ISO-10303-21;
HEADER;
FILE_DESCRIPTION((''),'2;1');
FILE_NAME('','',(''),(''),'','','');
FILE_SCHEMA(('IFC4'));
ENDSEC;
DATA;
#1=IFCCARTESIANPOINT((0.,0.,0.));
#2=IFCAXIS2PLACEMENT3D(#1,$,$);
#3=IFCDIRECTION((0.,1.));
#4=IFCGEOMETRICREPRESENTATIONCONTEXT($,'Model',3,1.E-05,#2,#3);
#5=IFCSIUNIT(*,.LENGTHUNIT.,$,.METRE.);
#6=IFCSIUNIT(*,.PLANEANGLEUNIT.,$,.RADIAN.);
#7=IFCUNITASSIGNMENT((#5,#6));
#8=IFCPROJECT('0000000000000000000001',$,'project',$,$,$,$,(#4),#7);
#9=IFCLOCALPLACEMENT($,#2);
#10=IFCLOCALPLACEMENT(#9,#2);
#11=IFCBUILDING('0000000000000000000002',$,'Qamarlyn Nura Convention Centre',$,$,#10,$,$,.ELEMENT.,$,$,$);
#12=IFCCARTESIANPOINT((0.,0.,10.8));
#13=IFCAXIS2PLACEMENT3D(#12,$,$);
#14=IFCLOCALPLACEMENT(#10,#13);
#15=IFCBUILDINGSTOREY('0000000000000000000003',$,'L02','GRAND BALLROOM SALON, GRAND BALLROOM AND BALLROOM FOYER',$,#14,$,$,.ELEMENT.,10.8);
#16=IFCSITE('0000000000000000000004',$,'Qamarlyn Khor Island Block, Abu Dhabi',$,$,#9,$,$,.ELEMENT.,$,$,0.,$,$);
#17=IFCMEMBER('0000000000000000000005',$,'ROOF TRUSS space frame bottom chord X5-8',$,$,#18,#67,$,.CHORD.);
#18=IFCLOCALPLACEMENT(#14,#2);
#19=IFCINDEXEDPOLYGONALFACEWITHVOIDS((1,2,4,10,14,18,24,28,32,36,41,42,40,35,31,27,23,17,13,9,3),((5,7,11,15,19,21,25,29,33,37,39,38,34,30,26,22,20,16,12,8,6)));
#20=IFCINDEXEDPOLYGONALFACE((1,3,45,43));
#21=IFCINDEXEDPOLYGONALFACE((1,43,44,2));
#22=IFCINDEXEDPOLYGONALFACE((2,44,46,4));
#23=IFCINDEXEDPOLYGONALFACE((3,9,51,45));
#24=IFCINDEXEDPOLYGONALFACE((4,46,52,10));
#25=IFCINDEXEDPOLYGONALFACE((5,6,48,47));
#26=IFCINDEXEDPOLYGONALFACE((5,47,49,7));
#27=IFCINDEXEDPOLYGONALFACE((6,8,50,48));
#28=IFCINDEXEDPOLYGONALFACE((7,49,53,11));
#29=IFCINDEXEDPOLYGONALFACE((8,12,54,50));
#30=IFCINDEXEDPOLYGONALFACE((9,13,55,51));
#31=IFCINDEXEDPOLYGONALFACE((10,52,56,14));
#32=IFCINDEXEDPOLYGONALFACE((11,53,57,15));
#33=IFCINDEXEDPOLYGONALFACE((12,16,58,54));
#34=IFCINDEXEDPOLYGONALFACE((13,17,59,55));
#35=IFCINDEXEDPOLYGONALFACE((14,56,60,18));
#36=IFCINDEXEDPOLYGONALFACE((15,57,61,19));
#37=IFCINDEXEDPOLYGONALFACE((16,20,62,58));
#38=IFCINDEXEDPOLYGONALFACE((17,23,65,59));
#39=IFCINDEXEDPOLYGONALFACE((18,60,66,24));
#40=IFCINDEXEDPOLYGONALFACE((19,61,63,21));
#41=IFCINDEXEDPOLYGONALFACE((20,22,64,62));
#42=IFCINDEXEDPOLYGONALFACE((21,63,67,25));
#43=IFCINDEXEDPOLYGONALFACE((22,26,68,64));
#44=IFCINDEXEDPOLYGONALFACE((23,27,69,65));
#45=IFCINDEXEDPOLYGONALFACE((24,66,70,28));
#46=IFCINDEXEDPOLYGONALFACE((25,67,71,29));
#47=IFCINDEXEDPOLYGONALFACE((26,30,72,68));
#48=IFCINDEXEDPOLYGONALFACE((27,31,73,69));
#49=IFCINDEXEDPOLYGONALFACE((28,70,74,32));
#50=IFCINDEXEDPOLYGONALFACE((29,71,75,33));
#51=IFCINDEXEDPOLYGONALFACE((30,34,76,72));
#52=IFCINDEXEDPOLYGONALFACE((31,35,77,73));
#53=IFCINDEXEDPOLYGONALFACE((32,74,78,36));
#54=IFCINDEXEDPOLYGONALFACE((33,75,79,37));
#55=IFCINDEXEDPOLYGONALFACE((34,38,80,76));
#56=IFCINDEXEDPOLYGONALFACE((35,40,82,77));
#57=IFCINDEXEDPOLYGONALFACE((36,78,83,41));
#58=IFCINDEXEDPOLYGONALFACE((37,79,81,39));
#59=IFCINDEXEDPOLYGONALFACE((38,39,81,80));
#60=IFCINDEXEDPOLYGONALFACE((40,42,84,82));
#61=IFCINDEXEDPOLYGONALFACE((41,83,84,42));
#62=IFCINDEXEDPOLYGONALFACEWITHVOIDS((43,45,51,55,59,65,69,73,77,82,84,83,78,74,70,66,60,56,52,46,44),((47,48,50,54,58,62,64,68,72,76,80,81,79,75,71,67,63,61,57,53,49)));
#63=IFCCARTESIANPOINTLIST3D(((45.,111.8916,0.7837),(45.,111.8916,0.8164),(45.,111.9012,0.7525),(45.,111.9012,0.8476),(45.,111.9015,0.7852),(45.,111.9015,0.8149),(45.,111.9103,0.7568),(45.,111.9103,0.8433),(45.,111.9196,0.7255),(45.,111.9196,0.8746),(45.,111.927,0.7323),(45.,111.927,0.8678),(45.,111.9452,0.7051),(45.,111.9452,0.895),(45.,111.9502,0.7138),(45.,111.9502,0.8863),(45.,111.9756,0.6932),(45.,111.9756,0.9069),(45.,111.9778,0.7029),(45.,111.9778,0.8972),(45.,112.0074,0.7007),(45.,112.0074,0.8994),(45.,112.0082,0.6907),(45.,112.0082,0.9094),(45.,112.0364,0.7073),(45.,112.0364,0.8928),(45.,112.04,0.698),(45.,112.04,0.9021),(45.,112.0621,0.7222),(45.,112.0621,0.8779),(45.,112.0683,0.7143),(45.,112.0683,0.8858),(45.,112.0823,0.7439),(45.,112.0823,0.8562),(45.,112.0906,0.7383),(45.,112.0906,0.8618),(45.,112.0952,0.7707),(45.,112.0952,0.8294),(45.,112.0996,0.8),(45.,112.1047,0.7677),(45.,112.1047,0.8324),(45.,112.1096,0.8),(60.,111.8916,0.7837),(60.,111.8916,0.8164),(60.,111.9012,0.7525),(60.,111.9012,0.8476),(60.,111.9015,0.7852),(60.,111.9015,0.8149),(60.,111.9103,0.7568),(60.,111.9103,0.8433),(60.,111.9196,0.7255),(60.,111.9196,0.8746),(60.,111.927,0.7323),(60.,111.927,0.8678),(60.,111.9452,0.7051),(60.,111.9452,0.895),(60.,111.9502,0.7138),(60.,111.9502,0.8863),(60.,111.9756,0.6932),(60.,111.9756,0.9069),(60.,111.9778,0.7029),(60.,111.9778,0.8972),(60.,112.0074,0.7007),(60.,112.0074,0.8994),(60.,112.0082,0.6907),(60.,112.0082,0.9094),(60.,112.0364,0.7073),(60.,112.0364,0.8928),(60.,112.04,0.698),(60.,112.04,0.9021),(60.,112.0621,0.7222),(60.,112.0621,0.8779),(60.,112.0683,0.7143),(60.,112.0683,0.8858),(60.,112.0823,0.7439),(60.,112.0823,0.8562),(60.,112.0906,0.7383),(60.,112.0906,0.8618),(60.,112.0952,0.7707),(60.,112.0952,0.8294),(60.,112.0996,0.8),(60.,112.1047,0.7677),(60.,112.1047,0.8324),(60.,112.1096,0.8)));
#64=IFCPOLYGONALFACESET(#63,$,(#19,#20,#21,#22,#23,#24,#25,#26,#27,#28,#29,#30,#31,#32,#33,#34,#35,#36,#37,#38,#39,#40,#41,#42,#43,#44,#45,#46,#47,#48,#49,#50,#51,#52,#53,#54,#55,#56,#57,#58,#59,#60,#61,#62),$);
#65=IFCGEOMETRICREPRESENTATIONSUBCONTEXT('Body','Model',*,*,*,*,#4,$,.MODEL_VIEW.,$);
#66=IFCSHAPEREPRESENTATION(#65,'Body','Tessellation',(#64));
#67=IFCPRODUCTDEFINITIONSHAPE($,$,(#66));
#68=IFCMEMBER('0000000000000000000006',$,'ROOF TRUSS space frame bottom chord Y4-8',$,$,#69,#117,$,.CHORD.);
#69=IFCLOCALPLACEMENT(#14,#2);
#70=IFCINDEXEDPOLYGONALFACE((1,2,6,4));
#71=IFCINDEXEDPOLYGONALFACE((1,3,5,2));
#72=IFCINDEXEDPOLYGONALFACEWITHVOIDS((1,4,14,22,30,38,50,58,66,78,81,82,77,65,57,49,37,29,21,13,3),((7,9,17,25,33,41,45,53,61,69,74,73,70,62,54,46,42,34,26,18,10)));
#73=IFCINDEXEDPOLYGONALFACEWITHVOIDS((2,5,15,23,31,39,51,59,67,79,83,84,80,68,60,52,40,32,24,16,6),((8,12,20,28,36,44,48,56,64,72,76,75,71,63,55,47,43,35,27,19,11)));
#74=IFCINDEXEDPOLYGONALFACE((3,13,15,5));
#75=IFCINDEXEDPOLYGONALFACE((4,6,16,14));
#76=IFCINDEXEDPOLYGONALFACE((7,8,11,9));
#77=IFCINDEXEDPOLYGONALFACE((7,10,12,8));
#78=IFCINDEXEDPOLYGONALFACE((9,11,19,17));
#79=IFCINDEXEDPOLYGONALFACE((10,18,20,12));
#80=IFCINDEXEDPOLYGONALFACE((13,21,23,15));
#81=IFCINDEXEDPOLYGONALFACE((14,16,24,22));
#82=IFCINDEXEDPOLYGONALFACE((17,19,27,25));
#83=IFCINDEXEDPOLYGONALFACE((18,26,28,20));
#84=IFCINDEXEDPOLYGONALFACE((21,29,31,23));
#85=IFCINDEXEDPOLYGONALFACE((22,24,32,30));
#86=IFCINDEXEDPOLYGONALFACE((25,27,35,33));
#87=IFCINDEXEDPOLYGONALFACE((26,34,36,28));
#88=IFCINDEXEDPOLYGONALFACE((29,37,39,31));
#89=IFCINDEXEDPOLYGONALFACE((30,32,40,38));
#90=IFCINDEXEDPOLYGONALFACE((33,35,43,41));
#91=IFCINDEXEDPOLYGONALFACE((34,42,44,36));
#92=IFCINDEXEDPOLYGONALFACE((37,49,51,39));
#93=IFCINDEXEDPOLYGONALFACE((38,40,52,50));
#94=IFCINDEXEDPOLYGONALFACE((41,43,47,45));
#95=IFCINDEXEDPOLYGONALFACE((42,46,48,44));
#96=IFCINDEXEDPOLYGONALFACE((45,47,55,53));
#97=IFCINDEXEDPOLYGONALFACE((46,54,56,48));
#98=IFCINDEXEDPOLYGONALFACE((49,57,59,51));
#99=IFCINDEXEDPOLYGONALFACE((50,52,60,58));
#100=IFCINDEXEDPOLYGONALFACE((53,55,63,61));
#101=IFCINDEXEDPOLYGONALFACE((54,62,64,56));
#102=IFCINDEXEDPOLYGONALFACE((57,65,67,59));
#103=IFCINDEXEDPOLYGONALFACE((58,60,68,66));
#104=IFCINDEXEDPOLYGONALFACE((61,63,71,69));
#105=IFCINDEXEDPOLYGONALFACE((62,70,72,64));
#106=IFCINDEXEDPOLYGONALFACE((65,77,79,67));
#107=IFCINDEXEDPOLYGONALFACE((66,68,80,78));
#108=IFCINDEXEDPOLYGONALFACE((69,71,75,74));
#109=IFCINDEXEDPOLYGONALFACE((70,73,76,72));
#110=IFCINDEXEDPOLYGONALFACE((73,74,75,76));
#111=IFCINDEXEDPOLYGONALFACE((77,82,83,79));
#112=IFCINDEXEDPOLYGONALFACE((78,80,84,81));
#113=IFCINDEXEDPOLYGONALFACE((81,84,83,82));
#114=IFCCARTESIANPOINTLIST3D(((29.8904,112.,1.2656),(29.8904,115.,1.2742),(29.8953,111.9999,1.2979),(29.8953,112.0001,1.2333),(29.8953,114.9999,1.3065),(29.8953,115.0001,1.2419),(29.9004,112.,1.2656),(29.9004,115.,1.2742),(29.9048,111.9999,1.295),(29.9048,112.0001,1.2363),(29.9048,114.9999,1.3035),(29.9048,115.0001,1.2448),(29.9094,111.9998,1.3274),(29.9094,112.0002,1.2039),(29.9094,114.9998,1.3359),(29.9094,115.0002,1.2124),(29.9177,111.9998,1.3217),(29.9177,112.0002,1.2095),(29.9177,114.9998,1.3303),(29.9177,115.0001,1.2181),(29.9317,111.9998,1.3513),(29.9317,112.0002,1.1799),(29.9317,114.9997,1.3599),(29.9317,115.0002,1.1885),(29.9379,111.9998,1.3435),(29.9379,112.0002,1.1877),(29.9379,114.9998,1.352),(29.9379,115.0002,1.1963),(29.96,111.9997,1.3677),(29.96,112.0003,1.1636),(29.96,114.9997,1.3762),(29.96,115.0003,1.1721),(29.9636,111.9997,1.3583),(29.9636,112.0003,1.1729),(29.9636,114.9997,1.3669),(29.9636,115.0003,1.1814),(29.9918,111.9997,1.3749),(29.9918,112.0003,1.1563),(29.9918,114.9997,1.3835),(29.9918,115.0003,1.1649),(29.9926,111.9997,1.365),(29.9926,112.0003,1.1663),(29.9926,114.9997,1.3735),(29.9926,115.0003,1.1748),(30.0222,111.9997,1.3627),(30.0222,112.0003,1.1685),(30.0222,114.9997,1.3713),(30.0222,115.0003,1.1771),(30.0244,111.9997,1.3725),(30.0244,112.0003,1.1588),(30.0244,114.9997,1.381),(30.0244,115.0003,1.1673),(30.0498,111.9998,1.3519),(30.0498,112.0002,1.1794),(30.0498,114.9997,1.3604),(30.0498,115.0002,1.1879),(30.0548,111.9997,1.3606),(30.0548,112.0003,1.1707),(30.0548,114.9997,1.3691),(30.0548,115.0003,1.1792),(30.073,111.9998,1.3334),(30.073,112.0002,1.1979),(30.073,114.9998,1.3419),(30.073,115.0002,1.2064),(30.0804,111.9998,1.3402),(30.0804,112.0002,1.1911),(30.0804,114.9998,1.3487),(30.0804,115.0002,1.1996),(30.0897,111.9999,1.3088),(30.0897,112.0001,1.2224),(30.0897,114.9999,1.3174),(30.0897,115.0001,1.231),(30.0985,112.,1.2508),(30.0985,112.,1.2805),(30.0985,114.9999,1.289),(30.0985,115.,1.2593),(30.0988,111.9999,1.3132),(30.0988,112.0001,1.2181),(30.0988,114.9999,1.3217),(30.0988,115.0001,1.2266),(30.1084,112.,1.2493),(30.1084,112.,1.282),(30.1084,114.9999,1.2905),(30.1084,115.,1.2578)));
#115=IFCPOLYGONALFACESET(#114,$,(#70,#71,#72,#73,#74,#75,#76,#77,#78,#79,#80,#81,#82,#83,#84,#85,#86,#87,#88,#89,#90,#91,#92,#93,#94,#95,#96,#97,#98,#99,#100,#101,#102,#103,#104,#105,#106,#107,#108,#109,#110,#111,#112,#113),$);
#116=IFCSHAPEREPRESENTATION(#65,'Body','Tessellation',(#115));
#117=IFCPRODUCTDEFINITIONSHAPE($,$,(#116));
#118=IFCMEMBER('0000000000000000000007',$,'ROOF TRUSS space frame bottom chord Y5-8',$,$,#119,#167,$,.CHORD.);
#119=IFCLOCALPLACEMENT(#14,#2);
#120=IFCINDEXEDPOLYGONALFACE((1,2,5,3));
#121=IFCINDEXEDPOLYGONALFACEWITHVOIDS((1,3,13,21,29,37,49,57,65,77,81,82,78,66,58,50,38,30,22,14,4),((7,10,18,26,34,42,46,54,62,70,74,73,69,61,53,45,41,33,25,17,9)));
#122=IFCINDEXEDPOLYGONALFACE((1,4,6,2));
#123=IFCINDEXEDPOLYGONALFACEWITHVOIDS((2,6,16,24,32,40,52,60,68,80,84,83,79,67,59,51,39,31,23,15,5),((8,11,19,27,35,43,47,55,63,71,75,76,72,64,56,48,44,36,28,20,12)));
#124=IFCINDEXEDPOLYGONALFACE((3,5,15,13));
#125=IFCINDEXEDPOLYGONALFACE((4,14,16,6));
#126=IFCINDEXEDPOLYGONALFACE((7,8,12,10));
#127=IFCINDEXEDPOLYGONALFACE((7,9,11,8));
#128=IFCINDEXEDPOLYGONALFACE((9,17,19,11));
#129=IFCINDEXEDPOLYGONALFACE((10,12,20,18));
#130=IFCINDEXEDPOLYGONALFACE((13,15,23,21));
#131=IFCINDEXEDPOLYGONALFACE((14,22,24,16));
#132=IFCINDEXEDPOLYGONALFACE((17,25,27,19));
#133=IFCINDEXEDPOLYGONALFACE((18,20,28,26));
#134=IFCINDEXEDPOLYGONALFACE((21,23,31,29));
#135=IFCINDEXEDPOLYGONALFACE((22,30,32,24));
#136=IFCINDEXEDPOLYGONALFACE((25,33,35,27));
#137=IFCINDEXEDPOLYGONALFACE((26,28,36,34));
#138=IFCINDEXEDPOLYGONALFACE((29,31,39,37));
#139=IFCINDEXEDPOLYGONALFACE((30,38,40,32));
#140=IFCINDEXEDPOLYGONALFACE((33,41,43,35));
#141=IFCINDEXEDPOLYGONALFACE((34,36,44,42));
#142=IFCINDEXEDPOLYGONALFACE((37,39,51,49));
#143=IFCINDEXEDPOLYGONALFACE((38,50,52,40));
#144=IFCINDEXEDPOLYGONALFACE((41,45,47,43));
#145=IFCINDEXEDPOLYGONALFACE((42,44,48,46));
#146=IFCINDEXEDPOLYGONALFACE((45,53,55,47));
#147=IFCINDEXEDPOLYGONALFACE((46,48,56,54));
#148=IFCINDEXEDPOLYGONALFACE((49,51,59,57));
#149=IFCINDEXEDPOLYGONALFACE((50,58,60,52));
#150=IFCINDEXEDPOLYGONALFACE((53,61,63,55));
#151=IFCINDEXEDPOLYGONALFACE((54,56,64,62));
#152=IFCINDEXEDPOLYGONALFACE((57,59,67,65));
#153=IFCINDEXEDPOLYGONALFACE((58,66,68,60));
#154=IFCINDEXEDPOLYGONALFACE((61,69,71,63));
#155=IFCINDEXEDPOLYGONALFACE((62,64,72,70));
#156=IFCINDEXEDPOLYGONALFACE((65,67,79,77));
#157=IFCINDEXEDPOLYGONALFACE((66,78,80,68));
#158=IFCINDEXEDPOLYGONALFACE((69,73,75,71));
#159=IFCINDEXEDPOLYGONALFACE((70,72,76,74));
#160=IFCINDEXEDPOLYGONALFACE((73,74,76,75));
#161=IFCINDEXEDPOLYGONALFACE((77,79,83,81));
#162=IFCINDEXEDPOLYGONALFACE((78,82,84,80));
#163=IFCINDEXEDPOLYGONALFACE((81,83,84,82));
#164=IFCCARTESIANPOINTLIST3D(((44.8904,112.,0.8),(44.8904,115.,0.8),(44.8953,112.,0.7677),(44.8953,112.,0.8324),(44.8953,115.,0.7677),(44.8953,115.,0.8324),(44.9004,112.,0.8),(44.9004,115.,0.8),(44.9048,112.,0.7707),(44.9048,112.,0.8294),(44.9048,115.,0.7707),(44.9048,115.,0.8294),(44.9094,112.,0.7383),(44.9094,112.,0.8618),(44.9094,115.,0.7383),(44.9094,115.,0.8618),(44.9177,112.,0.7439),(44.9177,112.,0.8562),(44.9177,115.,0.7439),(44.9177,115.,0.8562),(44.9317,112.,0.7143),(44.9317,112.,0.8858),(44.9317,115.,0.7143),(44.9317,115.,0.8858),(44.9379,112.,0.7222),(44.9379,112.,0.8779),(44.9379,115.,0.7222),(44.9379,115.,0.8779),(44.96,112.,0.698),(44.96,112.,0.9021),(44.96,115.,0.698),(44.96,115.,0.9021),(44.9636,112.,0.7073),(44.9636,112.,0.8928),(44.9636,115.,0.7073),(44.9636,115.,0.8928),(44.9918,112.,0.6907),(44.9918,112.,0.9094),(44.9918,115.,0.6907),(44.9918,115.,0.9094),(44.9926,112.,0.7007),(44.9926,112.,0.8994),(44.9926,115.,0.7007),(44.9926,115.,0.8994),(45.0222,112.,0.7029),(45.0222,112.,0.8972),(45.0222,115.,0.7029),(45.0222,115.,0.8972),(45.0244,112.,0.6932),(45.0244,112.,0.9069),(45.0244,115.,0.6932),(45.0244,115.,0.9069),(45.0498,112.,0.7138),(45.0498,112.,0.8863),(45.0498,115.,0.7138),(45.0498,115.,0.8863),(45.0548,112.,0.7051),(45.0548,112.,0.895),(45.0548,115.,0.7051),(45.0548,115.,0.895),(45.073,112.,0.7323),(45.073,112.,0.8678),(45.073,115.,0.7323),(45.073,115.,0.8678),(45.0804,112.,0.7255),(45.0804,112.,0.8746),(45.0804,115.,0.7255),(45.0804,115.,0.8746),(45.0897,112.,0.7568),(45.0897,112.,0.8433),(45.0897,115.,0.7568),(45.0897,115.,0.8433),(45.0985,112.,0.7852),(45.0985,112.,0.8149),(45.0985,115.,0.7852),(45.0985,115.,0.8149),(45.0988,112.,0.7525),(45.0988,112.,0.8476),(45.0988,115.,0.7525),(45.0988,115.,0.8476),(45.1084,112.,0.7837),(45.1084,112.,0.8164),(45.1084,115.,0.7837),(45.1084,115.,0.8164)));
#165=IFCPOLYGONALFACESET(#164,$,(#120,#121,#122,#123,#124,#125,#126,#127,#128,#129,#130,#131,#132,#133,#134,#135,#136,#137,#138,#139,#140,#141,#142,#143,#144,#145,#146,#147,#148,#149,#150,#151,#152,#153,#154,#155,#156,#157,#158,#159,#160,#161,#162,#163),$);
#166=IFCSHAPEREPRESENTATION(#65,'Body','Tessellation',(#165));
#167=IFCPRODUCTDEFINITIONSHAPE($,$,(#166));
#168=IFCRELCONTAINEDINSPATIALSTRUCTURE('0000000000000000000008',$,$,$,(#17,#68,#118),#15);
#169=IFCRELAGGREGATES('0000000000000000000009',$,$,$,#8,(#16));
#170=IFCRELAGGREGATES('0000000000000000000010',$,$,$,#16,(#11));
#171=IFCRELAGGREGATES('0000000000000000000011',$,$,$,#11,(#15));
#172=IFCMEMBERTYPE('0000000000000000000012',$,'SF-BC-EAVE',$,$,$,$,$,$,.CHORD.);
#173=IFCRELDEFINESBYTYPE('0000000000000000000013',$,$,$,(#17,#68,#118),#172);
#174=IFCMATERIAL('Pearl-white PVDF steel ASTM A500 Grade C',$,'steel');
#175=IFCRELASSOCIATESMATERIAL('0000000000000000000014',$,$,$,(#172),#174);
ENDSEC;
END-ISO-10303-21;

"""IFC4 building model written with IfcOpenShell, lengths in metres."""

from ifc_helpers import new_model, si_unit, direction, frame, origin, origin_2d, place, context, subcontext, project, spatial, hollow_circle, extrude, material, material_profile, profile_set, type_object, element, save


model = new_model("IFC4")

# Units and contexts
model_context = context("Model", 3, precision=1e-05, world=origin(), true_north=direction((0.0, 1.0)))
body_context = subcontext(model_context, "Body", "Model", "MODEL_VIEW")
ifc_project = project(units=[si_unit("LENGTHUNIT", "METRE"), si_unit("PLANEANGLEUNIT", "RADIAN")], contexts=[model_context])

# Site, building, storey
site_placement = place(None, origin())
site = spatial("IfcSite", under=ifc_project, at=site_placement, Name="Qamarlyn Khor Island Block, Abu Dhabi", CompositionType="ELEMENT", RefElevation=0.0)
building_placement = place(site_placement, origin())
building = spatial("IfcBuilding", under=site, at=building_placement, Name="Qamarlyn Nura Convention Centre", CompositionType="ELEMENT")
storey_placement = place(building_placement, frame((0.0, 0.0, 10.8)))
storey = spatial("IfcBuildingStorey", under=building, at=storey_placement, Name="L02", Description="GRAND BALLROOM SALON, GRAND BALLROOM AND BALLROOM FOYER", CompositionType="ELEMENT", Elevation=10.8)

# Members
ifc_material_1 = material(Name="Pearl-white PVDF steel ASTM A500 Grade C", Category="steel")
ifc_material_profile_1 = material_profile(ifc_material_1, hollow_circle(Radius=0.1096, WallThickness=0.01, at=origin_2d()), Name="CHS219.1X10")
ifc_profile_set_1 = profile_set([ifc_material_profile_1], Name="Pearl-white PVDF steel ASTM A500 Grade C")
member_type_1 = type_object("IfcMemberType", Name="SF-BC-EAVE", PredefinedType="CHORD", material=ifc_profile_set_1)
member_1_placement = place(storey_placement, frame((45.0, 112.0, 0.8), z_axis=(1.0, 0.0, 0.0), x_axis=(0.0, 1.0, 0.0)))
element("IfcMember", 1, at=member_1_placement, inside=storey, type_object=member_type_1, Name="ROOF TRUSS space frame bottom chord X5-8", PredefinedType="CHORD", context=body_context, shape_type="SweptSolid", body=[
    extrude(hollow_circle(Radius=0.1096, WallThickness=0.01, at=origin_2d()), origin(), (0.0, 0.0, 1.0), 15.0),
])
for number, where, z_axis, x_axis, name in (
    (2, (30.0, 112.0, 1.2656), (0.0, 0.999996, 0.002848), (-1.0, 0.0, 0.0), "ROOF TRUSS space frame bottom chord Y4-8"),
    (3, (45.0, 112.0, 0.8), (0.0, 1.0, 0.0), (-1.0, 0.0, 0.0), "ROOF TRUSS space frame bottom chord Y5-8"),
):
    element("IfcMember", number, at=place(storey_placement, frame(where, z_axis=z_axis, x_axis=x_axis)), inside=storey, type_object=member_type_1, Name=name, PredefinedType="CHORD", context=body_context, shape_type="SweptSolid", body=[
        extrude(hollow_circle(Radius=0.1096, WallThickness=0.01, at=origin_2d()), origin(), (0.0, 0.0, 1.0), 3.0),
    ])

save(model, "model.ifc")
